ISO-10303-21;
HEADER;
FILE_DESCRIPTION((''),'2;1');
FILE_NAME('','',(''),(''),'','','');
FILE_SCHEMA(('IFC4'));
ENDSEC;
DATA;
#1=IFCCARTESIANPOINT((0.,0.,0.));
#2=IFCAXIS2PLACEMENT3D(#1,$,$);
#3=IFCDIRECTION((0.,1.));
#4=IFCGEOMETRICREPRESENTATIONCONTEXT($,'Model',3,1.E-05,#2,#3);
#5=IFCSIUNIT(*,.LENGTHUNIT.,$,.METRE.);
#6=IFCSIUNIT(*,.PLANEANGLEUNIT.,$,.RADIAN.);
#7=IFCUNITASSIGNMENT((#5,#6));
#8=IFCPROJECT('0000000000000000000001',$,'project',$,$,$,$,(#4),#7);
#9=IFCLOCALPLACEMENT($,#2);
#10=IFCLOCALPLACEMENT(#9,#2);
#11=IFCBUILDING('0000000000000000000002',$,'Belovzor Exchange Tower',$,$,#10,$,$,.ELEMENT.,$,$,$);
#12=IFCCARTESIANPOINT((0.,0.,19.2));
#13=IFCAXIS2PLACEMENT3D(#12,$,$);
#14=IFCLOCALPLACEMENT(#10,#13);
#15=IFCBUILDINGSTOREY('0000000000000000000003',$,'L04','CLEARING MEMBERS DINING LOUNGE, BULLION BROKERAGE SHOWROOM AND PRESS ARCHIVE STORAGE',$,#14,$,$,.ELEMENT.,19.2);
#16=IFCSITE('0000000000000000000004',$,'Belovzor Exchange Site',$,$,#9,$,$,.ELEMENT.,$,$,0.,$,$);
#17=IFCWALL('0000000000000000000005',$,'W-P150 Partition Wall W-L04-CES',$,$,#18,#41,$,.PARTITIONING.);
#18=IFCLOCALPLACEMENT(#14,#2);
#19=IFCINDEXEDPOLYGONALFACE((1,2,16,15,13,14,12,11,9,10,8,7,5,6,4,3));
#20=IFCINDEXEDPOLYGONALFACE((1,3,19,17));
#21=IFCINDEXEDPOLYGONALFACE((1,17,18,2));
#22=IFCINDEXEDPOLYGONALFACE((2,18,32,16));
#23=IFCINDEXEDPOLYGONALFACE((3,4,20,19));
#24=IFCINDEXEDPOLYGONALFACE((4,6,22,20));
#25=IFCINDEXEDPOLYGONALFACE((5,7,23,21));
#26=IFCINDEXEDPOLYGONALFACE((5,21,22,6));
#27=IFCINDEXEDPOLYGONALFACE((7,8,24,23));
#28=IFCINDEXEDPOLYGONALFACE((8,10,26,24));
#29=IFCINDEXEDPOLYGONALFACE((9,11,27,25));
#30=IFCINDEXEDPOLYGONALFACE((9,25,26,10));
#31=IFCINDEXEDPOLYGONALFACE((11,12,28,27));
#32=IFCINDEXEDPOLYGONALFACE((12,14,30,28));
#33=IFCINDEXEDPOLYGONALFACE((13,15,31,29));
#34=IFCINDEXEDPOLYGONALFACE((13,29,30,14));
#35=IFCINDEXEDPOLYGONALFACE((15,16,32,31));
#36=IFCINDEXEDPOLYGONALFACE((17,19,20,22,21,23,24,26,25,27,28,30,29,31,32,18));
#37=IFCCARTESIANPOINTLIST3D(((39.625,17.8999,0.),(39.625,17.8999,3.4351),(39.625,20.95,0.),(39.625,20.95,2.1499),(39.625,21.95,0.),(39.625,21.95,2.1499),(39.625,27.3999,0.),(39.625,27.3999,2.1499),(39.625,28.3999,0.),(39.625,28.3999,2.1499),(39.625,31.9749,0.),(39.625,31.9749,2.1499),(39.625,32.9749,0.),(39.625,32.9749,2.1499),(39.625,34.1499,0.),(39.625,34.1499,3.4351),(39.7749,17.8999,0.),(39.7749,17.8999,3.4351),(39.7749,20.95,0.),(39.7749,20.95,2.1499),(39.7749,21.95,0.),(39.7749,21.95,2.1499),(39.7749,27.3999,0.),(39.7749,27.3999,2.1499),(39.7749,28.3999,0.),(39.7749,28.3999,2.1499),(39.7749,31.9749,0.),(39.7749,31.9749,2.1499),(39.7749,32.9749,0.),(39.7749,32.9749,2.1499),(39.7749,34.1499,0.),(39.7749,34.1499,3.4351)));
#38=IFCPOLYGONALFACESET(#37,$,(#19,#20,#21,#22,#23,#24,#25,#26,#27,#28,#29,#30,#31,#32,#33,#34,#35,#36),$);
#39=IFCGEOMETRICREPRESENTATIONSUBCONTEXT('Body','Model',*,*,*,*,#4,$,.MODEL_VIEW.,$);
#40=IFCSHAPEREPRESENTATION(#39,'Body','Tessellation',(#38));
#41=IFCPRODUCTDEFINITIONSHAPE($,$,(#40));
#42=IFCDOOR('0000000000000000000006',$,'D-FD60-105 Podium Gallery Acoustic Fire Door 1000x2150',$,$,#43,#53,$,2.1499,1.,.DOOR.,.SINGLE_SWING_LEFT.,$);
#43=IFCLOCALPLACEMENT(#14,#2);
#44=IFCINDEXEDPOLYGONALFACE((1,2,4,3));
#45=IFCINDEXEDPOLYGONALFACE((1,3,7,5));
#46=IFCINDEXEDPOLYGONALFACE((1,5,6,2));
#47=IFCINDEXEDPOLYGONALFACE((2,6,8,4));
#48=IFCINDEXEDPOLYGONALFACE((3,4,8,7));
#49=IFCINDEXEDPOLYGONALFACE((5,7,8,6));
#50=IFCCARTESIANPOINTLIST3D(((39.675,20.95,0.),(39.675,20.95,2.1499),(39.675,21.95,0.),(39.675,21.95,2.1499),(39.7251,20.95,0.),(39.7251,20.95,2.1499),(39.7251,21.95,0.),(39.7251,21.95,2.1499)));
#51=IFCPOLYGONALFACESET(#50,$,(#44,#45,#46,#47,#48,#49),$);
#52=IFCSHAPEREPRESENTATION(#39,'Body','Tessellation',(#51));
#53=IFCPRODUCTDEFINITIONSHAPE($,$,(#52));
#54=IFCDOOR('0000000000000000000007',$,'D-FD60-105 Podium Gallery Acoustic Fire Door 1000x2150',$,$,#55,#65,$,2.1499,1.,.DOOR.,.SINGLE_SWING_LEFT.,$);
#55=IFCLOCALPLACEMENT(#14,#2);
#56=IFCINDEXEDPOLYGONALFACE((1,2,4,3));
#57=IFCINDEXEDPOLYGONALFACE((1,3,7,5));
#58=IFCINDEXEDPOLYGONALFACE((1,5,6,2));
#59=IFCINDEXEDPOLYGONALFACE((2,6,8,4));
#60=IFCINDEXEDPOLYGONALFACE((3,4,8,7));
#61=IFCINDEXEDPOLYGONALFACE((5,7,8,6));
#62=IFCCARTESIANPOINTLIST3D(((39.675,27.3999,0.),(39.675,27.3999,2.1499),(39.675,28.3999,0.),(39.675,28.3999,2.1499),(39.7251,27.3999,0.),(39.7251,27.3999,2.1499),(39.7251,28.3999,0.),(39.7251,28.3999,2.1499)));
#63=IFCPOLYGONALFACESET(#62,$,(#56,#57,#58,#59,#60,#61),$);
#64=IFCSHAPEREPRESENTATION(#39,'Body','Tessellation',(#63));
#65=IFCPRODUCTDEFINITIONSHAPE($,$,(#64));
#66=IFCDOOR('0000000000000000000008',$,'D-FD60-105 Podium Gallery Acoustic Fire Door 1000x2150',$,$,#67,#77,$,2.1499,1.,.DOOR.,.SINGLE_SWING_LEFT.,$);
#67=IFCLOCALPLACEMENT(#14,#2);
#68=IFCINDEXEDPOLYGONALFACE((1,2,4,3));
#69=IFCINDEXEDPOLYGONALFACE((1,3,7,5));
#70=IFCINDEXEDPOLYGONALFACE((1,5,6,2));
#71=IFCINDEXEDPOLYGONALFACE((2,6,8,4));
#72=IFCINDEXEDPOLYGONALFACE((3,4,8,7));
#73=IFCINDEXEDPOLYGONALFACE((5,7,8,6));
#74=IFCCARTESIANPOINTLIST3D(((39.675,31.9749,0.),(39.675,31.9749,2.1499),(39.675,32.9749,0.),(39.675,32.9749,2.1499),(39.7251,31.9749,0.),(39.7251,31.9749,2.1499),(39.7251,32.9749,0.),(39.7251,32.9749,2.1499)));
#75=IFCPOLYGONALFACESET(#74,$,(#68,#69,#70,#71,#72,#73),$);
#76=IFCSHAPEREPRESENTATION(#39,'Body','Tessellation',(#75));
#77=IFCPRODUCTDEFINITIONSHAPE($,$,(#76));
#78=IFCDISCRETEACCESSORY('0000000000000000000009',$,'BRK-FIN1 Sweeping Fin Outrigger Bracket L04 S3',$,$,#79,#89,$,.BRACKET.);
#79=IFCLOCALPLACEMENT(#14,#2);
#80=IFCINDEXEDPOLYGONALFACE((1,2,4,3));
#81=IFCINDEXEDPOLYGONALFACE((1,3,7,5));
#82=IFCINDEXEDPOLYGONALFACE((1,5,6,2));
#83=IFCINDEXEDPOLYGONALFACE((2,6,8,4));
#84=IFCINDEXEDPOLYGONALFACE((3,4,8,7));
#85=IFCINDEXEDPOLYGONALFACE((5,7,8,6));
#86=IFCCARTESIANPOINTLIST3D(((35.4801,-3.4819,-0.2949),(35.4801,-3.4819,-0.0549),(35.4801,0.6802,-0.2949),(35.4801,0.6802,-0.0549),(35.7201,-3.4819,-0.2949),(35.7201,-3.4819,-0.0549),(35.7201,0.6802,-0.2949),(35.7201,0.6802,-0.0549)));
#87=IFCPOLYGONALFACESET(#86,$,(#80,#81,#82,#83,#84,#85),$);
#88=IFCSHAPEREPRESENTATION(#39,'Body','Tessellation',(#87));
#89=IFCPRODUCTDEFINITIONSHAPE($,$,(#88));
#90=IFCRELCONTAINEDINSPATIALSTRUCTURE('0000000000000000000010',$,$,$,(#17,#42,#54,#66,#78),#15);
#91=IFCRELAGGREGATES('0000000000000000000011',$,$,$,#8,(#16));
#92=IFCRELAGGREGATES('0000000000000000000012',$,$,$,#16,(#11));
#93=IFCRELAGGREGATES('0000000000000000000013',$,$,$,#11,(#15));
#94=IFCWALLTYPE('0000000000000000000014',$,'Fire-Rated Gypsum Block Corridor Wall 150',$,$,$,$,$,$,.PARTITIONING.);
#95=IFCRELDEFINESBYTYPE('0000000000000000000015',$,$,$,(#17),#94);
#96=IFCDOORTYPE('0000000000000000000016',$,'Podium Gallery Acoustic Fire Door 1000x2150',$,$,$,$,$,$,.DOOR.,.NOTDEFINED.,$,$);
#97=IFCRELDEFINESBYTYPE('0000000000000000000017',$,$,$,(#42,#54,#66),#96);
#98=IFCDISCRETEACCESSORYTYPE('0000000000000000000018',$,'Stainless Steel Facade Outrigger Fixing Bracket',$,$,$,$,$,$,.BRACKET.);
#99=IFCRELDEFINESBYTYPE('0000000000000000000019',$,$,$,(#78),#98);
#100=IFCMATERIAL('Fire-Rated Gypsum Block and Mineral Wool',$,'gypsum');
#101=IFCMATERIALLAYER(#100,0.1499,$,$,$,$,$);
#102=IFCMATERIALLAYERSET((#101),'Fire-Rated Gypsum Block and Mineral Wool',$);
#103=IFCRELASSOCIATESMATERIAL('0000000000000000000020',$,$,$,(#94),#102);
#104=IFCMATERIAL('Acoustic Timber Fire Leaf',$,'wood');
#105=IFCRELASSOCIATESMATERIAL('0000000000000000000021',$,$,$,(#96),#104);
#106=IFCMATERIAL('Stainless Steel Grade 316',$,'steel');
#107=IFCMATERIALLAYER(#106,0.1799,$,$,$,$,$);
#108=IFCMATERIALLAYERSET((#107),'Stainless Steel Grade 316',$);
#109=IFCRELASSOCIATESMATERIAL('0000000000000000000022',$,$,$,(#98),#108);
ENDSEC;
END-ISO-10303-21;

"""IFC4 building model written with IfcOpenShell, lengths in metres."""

from ifc_helpers import new_model, si_unit, direction, frame, frame_2d, origin, origin_2d, place, context, subcontext, project, spatial, rectangle, extrude, material, layer, layer_set, type_object, element, fill, save


model = new_model("IFC4")

# Units and contexts
model_context = context("Model", 3, precision=1e-05, world=origin(), true_north=direction((0.0, 1.0)))
body_context = subcontext(model_context, "Body", "Model", "MODEL_VIEW")
ifc_project = project(units=[si_unit("LENGTHUNIT", "METRE"), si_unit("PLANEANGLEUNIT", "RADIAN")], contexts=[model_context])

# Site, building, storey
site_placement = place(None, origin())
site = spatial("IfcSite", under=ifc_project, at=site_placement, Name="Belovzor Exchange Site", CompositionType="ELEMENT", RefElevation=0.0)
building_placement = place(site_placement, origin())
building = spatial("IfcBuilding", under=site, at=building_placement, Name="Belovzor Exchange Tower", CompositionType="ELEMENT")
storey_placement = place(building_placement, frame((0.0, 0.0, 19.2)))
storey = spatial("IfcBuildingStorey", under=building, at=storey_placement, Name="L04", Description="CLEARING MEMBERS DINING LOUNGE, BULLION BROKERAGE SHOWROOM AND PRESS ARCHIVE STORAGE", CompositionType="ELEMENT", Elevation=19.2)

# Wall, openings, doors
ifc_material_1 = material(Name="Fire-Rated Gypsum Block and Mineral Wool", Category="gypsum")
ifc_layer_1 = layer(ifc_material_1, 0.1499)
ifc_layer_set_1 = layer_set([ifc_layer_1], Name="Fire-Rated Gypsum Block and Mineral Wool")
wall_type_1 = type_object("IfcWallType", Name="Fire-Rated Gypsum Block Corridor Wall 150", PredefinedType="PARTITIONING", material=ifc_layer_set_1)
wall_1_placement = place(storey_placement, frame((39.7, 17.8999, 0.0), z_axis=(0.0, 0.0, 1.0), x_axis=(0.0, 1.0, 0.0)))
wall_1 = element("IfcWall", 1, at=wall_1_placement, inside=storey, type_object=wall_type_1, Name="W-P150 Partition Wall W-L04-CES", PredefinedType="PARTITIONING", context=body_context, shape_type="SweptSolid", body=[
    extrude(rectangle(XDim=16.25, YDim=0.1499, at=frame_2d((8.125, 0.0))), origin(), (0.0, 0.0, 1.0), 3.4351),
])
opening_1_placement = place(wall_1_placement, frame((3.05, 0.0, 0.0)))
opening_1 = element("IfcOpeningElement", 2, at=opening_1_placement, cuts=wall_1, PredefinedType="OPENING", context=body_context, shape_type="SweptSolid", body=[
    extrude(rectangle(XDim=1.0, YDim=2.1499, at=frame_2d((0.5, 1.075))), frame((0.0, 0.085, 0.0), z_axis=(0.0, -1.0, 0.0), x_axis=(1.0, 0.0, 0.0)), (0.0, 0.0, 1.0), 0.1699),
])
opening_2_placement = place(wall_1_placement, frame((9.5, 0.0, 0.0)))
opening_2 = element("IfcOpeningElement", 3, at=opening_2_placement, cuts=wall_1, PredefinedType="OPENING", context=body_context, shape_type="SweptSolid", body=[
    extrude(rectangle(XDim=1.0, YDim=2.1499, at=frame_2d((0.5, 1.075))), frame((0.0, 0.085, 0.0), z_axis=(0.0, -1.0, 0.0), x_axis=(1.0, 0.0, 0.0)), (0.0, 0.0, 1.0), 0.1699),
])
opening_3_placement = place(wall_1_placement, frame((14.075, 0.0, 0.0)))
opening_3 = element("IfcOpeningElement", 4, at=opening_3_placement, cuts=wall_1, PredefinedType="OPENING", context=body_context, shape_type="SweptSolid", body=[
    extrude(rectangle(XDim=1.0, YDim=2.1499, at=frame_2d((0.5, 1.075))), frame((0.0, 0.085, 0.0), z_axis=(0.0, -1.0, 0.0), x_axis=(1.0, 0.0, 0.0)), (0.0, 0.0, 1.0), 0.1699),
])
ifc_material_2 = material(Name="Acoustic Timber Fire Leaf", Category="wood")
door_type = type_object("IfcDoorType", Name="Podium Gallery Acoustic Fire Door 1000x2150", OperationType="NOTDEFINED", PredefinedType="DOOR", material=ifc_material_2)
door_1_placement = place(opening_1_placement, origin())
door_1 = element("IfcDoor", 5, at=door_1_placement, inside=storey, type_object=door_type, Name="D-FD60-105 Podium Gallery Acoustic Fire Door 1000x2150", OperationType="SINGLE_SWING_LEFT", OverallHeight=2.1499, OverallWidth=1.0, PredefinedType="DOOR", context=body_context, shape_type="SweptSolid", body=[
    extrude(rectangle(XDim=1.0, YDim=2.1499, at=frame_2d((0.5, 1.075))), frame((0.0, 0.0249, 0.0), z_axis=(0.0, -1.0, 0.0), x_axis=(1.0, 0.0, 0.0)), (0.0, 0.0, 1.0), 0.05),
])
fill(opening_1, door_1)
door_2_placement = place(opening_2_placement, origin())
door_2 = element("IfcDoor", 6, at=door_2_placement, inside=storey, type_object=door_type, Name="D-FD60-105 Podium Gallery Acoustic Fire Door 1000x2150", OperationType="SINGLE_SWING_LEFT", OverallHeight=2.1499, OverallWidth=1.0, PredefinedType="DOOR", context=body_context, shape_type="SweptSolid", body=[
    extrude(rectangle(XDim=1.0, YDim=2.1499, at=frame_2d((0.5, 1.075))), frame((0.0, 0.0249, 0.0), z_axis=(0.0, -1.0, 0.0), x_axis=(1.0, 0.0, 0.0)), (0.0, 0.0, 1.0), 0.05),
])
fill(opening_2, door_2)
door_3_placement = place(opening_3_placement, origin())
door_3 = element("IfcDoor", 7, at=door_3_placement, inside=storey, type_object=door_type, Name="D-FD60-105 Podium Gallery Acoustic Fire Door 1000x2150", OperationType="SINGLE_SWING_LEFT", OverallHeight=2.1499, OverallWidth=1.0, PredefinedType="DOOR", context=body_context, shape_type="SweptSolid", body=[
    extrude(rectangle(XDim=1.0, YDim=2.1499, at=frame_2d((0.5, 1.075))), frame((0.0, 0.0249, 0.0), z_axis=(0.0, -1.0, 0.0), x_axis=(1.0, 0.0, 0.0)), (0.0, 0.0, 1.0), 0.05),
])
fill(opening_3, door_3)

# Discrete accessory
ifc_material_3 = material(Name="Stainless Steel Grade 316", Category="steel")
ifc_layer_2 = layer(ifc_material_3, 0.1799)
ifc_layer_set_2 = layer_set([ifc_layer_2], Name="Stainless Steel Grade 316")
discrete_accessory_type = type_object("IfcDiscreteAccessoryType", Name="Stainless Steel Facade Outrigger Fixing Bracket", PredefinedType="BRACKET", material=ifc_layer_set_2)
discrete_accessory_placement = place(storey_placement, frame((35.6001, -1.4009, -0.2949), z_axis=(0.0, 0.0, 1.0), x_axis=(0.0, 1.0, 0.0)))
element("IfcDiscreteAccessory", 8, at=discrete_accessory_placement, inside=storey, type_object=discrete_accessory_type, Name="BRK-FIN1 Sweeping Fin Outrigger Bracket L04 S3", PredefinedType="BRACKET", context=body_context, shape_type="SweptSolid", body=[
    extrude(rectangle(XDim=4.1621, YDim=0.24, at=origin_2d()), origin(), (0.0, 0.0, 1.0), 0.24),
])

save(model, "model.ifc")
